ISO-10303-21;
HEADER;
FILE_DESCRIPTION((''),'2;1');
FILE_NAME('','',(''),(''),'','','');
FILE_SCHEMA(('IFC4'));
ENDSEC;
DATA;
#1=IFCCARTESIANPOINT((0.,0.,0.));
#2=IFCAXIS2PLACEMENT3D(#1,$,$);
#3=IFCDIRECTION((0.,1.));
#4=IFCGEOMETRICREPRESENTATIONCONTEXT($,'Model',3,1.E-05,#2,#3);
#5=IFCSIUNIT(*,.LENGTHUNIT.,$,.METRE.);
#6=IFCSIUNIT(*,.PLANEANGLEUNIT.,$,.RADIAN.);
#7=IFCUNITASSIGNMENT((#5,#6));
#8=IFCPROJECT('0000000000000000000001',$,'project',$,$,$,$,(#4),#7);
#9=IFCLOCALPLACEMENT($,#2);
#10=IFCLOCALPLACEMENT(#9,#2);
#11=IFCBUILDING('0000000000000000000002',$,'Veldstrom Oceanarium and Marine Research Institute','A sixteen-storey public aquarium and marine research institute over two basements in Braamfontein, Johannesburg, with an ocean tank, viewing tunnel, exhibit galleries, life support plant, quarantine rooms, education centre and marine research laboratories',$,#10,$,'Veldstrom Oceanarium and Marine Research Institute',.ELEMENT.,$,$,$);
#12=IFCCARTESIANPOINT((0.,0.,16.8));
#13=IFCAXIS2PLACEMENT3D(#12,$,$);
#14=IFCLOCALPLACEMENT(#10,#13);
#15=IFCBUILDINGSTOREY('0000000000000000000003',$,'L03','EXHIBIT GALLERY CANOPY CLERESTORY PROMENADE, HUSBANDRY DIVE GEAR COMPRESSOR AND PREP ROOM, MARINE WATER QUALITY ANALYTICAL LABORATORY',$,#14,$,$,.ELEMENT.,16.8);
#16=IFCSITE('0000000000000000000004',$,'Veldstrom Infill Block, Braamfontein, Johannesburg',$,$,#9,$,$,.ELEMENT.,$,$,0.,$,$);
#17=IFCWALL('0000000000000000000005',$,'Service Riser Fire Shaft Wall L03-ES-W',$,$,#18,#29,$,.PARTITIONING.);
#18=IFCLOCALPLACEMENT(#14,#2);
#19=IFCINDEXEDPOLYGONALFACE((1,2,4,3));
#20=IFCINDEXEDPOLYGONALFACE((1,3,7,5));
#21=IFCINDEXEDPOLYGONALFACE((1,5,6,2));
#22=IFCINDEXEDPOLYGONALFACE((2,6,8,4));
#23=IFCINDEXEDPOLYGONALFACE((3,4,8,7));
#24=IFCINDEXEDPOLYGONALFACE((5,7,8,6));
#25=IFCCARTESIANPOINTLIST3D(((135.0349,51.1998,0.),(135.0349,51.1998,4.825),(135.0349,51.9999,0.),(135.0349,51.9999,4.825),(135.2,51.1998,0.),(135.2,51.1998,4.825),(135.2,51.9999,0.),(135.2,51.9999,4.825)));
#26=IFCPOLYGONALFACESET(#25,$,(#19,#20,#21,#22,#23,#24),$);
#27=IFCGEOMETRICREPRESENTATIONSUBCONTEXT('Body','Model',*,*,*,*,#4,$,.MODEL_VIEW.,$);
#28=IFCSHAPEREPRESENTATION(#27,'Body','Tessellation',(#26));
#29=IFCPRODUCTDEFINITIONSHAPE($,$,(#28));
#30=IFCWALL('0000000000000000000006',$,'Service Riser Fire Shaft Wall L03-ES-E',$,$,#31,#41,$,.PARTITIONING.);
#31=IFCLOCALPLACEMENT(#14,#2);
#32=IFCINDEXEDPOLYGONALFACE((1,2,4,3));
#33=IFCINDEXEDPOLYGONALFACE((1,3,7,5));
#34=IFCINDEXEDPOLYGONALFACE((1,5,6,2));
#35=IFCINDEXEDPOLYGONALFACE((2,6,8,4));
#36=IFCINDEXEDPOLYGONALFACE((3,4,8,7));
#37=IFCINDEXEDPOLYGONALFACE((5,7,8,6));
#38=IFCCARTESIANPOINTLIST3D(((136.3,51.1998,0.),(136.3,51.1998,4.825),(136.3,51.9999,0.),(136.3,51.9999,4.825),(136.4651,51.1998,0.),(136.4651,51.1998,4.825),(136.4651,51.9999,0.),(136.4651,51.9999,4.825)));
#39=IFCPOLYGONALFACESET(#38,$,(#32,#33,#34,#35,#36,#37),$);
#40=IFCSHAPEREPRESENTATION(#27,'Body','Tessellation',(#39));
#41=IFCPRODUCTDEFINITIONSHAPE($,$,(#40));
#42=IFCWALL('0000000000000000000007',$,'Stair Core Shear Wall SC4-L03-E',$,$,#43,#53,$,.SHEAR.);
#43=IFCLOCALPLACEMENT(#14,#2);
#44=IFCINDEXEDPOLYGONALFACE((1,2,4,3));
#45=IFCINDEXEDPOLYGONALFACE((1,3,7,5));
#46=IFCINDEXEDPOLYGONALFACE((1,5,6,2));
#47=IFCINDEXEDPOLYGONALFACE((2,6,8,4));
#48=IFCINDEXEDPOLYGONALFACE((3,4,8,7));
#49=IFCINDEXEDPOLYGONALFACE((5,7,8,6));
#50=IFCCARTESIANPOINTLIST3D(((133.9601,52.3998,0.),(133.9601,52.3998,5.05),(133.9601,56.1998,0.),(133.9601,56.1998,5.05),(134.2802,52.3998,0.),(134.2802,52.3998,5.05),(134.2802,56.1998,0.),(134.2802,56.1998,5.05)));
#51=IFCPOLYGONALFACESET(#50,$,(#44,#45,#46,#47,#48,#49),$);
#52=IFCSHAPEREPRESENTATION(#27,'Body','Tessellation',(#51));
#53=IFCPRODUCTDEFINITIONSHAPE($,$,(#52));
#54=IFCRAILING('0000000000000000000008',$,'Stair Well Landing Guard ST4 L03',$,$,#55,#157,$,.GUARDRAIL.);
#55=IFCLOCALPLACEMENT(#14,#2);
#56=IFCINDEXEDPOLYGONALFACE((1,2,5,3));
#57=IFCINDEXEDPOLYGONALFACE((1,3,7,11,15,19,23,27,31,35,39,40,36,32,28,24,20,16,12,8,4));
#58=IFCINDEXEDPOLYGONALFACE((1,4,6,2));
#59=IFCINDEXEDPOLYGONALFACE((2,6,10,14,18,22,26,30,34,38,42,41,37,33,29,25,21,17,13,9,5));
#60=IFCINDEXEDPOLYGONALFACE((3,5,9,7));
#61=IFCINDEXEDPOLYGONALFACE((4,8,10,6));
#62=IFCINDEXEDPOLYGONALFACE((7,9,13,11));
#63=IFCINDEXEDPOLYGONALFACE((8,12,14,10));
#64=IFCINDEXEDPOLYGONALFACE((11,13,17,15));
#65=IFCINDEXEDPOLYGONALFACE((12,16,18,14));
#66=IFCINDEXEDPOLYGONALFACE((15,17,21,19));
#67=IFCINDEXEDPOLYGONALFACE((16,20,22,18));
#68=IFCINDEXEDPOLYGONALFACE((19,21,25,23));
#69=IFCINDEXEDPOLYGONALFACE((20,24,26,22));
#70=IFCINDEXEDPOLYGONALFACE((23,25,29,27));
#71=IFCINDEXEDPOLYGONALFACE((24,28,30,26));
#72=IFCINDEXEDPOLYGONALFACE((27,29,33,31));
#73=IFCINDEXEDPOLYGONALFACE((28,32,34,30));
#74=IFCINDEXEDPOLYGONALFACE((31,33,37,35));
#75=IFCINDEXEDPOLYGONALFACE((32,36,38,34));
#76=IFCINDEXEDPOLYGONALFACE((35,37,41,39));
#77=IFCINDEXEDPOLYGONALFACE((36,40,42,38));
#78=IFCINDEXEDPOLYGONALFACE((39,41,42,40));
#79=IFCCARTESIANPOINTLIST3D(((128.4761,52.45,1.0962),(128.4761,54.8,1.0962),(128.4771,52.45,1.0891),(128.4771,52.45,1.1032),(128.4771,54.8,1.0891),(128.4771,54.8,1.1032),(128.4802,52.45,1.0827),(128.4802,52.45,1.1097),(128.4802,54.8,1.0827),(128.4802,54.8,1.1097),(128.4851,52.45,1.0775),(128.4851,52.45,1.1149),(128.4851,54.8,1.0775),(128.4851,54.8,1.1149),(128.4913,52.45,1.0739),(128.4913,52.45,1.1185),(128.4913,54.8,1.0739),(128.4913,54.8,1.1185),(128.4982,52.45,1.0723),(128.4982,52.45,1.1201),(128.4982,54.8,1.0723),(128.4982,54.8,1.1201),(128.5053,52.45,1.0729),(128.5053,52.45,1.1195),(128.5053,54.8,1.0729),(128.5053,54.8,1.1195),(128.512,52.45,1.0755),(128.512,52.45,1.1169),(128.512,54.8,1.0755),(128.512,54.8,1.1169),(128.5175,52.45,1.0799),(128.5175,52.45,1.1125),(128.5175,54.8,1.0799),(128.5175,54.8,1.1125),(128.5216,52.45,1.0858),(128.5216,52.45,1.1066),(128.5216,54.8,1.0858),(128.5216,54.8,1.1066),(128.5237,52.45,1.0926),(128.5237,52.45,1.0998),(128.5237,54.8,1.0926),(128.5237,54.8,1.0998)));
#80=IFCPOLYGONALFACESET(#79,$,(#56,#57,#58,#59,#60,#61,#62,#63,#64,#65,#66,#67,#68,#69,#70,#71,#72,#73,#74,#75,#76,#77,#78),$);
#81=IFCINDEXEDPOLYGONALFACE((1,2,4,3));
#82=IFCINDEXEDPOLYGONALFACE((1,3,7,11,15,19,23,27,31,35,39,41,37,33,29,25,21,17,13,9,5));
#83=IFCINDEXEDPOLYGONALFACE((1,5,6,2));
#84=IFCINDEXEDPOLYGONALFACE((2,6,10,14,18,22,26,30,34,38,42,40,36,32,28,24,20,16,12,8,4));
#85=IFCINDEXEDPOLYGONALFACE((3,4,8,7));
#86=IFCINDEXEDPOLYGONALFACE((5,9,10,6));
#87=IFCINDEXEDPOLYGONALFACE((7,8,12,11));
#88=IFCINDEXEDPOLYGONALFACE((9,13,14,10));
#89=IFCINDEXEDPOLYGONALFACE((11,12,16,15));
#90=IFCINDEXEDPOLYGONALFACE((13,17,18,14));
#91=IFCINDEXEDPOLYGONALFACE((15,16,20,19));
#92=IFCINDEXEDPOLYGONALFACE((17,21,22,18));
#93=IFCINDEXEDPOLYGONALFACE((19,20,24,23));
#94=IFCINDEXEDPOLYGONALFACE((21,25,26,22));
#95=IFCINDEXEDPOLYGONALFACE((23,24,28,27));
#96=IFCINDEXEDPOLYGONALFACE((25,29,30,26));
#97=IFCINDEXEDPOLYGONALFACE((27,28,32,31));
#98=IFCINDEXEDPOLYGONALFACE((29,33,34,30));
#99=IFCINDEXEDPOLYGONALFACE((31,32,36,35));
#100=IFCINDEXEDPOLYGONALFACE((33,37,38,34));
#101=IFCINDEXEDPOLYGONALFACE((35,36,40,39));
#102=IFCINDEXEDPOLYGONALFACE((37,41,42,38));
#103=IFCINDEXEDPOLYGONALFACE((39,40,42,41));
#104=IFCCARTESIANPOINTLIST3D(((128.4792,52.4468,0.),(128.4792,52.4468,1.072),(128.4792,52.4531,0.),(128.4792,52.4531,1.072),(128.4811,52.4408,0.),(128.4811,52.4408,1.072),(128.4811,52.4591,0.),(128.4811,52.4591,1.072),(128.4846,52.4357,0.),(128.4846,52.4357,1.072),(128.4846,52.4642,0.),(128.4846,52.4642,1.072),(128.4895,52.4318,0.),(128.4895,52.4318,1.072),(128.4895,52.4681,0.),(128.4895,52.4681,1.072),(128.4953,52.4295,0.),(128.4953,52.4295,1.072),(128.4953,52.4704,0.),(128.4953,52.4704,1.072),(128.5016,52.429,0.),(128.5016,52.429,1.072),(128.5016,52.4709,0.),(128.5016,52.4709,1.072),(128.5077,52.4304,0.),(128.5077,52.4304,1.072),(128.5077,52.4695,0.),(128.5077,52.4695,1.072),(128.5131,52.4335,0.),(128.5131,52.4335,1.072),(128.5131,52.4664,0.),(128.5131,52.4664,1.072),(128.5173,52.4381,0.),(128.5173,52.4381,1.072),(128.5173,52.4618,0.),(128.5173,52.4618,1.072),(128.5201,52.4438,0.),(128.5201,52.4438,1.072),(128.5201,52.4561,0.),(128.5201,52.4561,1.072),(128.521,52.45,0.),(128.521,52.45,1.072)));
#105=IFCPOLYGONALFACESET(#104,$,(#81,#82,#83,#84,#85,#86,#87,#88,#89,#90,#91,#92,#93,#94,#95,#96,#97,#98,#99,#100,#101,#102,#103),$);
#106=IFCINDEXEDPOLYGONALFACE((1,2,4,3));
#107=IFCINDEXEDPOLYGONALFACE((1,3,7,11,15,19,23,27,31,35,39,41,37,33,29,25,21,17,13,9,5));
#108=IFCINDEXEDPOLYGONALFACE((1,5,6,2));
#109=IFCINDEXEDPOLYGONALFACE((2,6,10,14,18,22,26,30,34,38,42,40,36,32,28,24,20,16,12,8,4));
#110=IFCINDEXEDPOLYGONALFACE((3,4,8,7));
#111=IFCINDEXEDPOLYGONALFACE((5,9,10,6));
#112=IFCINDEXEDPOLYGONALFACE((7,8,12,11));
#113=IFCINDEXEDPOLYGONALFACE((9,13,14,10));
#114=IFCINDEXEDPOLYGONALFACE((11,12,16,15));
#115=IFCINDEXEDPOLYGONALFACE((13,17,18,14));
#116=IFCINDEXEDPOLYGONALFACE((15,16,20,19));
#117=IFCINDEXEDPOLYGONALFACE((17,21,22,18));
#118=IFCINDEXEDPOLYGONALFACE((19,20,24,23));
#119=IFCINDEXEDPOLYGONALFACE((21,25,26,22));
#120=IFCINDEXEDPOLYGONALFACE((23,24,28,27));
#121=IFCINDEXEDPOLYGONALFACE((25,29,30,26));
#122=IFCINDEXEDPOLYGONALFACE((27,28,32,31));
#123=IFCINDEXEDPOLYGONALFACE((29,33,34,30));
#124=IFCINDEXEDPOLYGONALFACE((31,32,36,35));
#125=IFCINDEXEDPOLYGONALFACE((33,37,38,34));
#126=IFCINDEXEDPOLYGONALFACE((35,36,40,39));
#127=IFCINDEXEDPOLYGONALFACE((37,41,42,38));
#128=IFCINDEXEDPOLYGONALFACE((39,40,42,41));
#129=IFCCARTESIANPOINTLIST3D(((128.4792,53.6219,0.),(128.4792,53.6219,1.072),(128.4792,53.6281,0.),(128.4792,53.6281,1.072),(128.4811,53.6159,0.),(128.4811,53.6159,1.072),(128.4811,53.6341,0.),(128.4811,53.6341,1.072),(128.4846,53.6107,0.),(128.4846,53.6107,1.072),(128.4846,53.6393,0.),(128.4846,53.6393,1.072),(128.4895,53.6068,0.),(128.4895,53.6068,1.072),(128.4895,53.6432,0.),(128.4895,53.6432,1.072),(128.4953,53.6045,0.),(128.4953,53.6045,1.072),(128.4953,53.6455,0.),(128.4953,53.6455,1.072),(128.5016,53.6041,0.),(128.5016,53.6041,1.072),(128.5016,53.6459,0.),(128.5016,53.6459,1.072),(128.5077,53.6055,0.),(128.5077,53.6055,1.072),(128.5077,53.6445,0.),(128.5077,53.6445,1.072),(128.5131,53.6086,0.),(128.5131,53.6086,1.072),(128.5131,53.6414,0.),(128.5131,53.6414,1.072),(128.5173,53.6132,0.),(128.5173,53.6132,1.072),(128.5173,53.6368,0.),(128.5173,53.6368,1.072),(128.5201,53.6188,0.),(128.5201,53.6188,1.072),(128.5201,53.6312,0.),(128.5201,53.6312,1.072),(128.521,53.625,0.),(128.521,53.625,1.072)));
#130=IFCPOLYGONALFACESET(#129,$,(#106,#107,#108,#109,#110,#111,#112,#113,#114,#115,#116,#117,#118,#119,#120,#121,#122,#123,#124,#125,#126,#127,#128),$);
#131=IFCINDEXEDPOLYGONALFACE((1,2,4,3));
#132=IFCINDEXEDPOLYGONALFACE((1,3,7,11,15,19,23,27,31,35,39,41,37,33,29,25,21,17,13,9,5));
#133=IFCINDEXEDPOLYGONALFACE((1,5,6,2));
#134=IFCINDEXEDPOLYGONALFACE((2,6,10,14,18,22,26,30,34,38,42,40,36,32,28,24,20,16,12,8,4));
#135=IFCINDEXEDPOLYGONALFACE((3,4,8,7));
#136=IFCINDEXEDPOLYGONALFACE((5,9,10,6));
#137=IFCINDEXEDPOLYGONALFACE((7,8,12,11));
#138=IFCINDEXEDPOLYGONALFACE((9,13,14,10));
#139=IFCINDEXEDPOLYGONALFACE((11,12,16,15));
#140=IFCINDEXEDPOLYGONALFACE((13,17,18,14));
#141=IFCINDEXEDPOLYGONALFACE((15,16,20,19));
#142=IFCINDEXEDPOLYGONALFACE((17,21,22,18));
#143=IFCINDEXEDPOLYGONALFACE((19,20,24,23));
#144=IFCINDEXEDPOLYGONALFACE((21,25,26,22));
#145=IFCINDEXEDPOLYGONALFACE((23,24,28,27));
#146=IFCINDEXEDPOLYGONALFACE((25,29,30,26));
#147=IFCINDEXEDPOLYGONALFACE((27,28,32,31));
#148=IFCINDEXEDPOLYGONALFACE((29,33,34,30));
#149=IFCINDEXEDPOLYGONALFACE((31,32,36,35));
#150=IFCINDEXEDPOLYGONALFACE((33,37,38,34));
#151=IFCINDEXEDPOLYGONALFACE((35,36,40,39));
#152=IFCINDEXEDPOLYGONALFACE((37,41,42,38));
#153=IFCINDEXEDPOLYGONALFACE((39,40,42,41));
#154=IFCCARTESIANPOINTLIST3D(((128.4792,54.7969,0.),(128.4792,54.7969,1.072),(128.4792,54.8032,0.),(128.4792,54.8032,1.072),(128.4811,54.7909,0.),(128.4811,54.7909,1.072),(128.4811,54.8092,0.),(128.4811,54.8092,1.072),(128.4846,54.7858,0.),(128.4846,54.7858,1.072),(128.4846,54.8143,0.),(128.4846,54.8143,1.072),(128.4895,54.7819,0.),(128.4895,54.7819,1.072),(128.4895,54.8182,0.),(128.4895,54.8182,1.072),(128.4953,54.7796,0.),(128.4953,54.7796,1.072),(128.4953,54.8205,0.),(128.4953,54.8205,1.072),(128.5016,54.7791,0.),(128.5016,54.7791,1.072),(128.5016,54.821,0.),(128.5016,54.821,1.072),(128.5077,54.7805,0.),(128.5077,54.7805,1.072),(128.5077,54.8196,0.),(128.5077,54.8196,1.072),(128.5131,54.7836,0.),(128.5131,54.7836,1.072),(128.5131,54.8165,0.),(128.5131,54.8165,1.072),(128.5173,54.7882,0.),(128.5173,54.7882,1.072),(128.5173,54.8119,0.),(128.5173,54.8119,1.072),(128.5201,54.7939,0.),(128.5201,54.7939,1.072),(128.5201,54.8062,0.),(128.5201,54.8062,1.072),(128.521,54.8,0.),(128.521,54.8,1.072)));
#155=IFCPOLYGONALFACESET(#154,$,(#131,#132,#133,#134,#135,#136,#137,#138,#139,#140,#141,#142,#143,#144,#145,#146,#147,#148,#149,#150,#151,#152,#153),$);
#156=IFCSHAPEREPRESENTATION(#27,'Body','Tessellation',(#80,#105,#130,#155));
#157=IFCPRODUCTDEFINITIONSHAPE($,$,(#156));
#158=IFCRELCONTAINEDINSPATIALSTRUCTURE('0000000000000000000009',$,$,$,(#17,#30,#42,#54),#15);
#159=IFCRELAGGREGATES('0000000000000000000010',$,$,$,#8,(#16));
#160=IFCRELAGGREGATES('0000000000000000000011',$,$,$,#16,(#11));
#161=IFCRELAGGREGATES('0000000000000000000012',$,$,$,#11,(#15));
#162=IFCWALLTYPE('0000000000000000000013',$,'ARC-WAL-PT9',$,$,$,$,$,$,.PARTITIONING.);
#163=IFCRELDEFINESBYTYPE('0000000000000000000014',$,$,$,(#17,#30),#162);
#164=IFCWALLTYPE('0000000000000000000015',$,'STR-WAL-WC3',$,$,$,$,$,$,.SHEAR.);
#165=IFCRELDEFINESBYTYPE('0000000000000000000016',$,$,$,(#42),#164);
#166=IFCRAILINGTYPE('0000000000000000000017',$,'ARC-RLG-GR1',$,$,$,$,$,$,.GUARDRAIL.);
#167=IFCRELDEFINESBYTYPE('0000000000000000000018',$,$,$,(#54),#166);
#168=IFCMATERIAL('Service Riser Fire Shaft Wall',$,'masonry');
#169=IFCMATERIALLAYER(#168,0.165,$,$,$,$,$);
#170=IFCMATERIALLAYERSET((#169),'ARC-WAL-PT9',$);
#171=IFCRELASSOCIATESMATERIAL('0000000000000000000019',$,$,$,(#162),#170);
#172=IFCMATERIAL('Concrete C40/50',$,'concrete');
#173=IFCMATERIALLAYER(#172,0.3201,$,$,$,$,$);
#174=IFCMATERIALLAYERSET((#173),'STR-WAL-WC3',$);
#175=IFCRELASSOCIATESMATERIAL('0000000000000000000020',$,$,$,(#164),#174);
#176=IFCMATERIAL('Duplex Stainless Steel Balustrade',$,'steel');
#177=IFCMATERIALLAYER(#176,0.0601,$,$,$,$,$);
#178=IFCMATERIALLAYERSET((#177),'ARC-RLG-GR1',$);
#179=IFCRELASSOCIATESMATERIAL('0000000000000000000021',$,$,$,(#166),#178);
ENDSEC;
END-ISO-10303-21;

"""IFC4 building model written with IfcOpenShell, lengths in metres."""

from ifc_helpers import new_model, si_unit, direction, frame, frame_2d, origin, origin_2d, place, context, subcontext, project, spatial, rectangle, circle, extrude, material, layer, layer_set, type_object, element, save


model = new_model("IFC4")

# Units and contexts
model_context = context("Model", 3, precision=1e-05, world=origin(), true_north=direction((0.0, 1.0)))
body_context = subcontext(model_context, "Body", "Model", "MODEL_VIEW")
ifc_project = project(units=[si_unit("LENGTHUNIT", "METRE"), si_unit("PLANEANGLEUNIT", "RADIAN")], contexts=[model_context])

# Site, building, storey
site_placement = place(None, origin())
site = spatial("IfcSite", under=ifc_project, at=site_placement, Name="Veldstrom Infill Block, Braamfontein, Johannesburg", CompositionType="ELEMENT", RefElevation=0.0)
building_placement = place(site_placement, origin())
building = spatial("IfcBuilding", under=site, at=building_placement, Name="Veldstrom Oceanarium and Marine Research Institute", Description="A sixteen-storey public aquarium and marine research institute over two basements in Braamfontein, Johannesburg, with an ocean tank, viewing tunnel, exhibit galleries, life support plant, quarantine rooms, education centre and marine research laboratories", LongName="Veldstrom Oceanarium and Marine Research Institute", CompositionType="ELEMENT")
storey_placement = place(building_placement, frame((0.0, 0.0, 16.8)))
storey = spatial("IfcBuildingStorey", under=building, at=storey_placement, Name="L03", Description="EXHIBIT GALLERY CANOPY CLERESTORY PROMENADE, HUSBANDRY DIVE GEAR COMPRESSOR AND PREP ROOM, MARINE WATER QUALITY ANALYTICAL LABORATORY", CompositionType="ELEMENT", Elevation=16.8)

# Walls
ifc_material_1 = material(Name="Service Riser Fire Shaft Wall", Category="masonry")
ifc_layer_1 = layer(ifc_material_1, 0.165)
ifc_layer_set_1 = layer_set([ifc_layer_1], Name="ARC-WAL-PT9")
wall_type_1 = type_object("IfcWallType", Name="ARC-WAL-PT9", PredefinedType="PARTITIONING", material=ifc_layer_set_1)
for number, where, z_axis, x_axis, name in (
    (1, (135.1174, 51.2, 0.0), (0.0, 0.0, 1.0), (0.0, 1.0, 0.0), "Service Riser Fire Shaft Wall L03-ES-W"),
    (2, (136.3826, 51.2, 0.0), (0.0, 0.0, 1.0), (0.0, 1.0, 0.0), "Service Riser Fire Shaft Wall L03-ES-E"),
):
    element("IfcWall", number, at=place(storey_placement, frame(where, z_axis=z_axis, x_axis=x_axis)), inside=storey, type_object=wall_type_1, Name=name, PredefinedType="PARTITIONING", context=body_context, shape_type="SweptSolid", body=[
        extrude(rectangle(XDim=0.8, YDim=0.165, at=frame_2d((0.3999, 0.0))), origin(), (0.0, 0.0, 1.0), 4.825),
    ])
ifc_material_2 = material(Name="Concrete C40/50", Category="concrete")
ifc_layer_2 = layer(ifc_material_2, 0.3201)
ifc_layer_set_2 = layer_set([ifc_layer_2], Name="STR-WAL-WC3")
wall_type_2 = type_object("IfcWallType", Name="STR-WAL-WC3", PredefinedType="SHEAR", material=ifc_layer_set_2)
wall_1_placement = place(storey_placement, frame((134.1201, 52.3999, 0.0), z_axis=(0.0, 0.0, 1.0), x_axis=(0.0, 1.0, 0.0)))
element("IfcWall", 3, at=wall_1_placement, inside=storey, type_object=wall_type_2, Name="Stair Core Shear Wall SC4-L03-E", PredefinedType="SHEAR", context=body_context, shape_type="SweptSolid", body=[
    extrude(rectangle(XDim=3.8, YDim=0.3201, at=frame_2d((1.8999, 0.0))), origin(), (0.0, 0.0, 1.0), 5.05),
])

# Railing
ifc_material_3 = material(Name="Duplex Stainless Steel Balustrade", Category="steel")
ifc_layer_3 = layer(ifc_material_3, 0.0601)
ifc_layer_set_3 = layer_set([ifc_layer_3], Name="ARC-RLG-GR1")
railing_type = type_object("IfcRailingType", Name="ARC-RLG-GR1", PredefinedType="GUARDRAIL", material=ifc_layer_set_3)
railing_placement = place(storey_placement, frame((128.5, 52.45, 0.0)))
element("IfcRailing", 4, at=railing_placement, inside=storey, type_object=railing_type, Name="Stair Well Landing Guard ST4 L03", PredefinedType="GUARDRAIL", context=body_context, shape_type="SweptSolid", body=[
    extrude(circle(Radius=0.0239, at=origin_2d()), frame((0.0, 0.0, 1.0962), z_axis=(0.0, 1.0, 0.0), x_axis=(-1.0, 0.0, 0.0)), (0.0, 0.0, 1.0), 2.3501),
    extrude(circle(Radius=0.021, at=origin_2d()), origin(), (0.0, 0.0, 1.0), 1.072),
    extrude(circle(Radius=0.021, at=origin_2d()), frame((0.0, 1.175, 0.0)), (0.0, 0.0, 1.0), 1.072),
    extrude(circle(Radius=0.021, at=origin_2d()), frame((0.0, 2.3501, 0.0)), (0.0, 0.0, 1.0), 1.072),
])

save(model, "model.ifc")
